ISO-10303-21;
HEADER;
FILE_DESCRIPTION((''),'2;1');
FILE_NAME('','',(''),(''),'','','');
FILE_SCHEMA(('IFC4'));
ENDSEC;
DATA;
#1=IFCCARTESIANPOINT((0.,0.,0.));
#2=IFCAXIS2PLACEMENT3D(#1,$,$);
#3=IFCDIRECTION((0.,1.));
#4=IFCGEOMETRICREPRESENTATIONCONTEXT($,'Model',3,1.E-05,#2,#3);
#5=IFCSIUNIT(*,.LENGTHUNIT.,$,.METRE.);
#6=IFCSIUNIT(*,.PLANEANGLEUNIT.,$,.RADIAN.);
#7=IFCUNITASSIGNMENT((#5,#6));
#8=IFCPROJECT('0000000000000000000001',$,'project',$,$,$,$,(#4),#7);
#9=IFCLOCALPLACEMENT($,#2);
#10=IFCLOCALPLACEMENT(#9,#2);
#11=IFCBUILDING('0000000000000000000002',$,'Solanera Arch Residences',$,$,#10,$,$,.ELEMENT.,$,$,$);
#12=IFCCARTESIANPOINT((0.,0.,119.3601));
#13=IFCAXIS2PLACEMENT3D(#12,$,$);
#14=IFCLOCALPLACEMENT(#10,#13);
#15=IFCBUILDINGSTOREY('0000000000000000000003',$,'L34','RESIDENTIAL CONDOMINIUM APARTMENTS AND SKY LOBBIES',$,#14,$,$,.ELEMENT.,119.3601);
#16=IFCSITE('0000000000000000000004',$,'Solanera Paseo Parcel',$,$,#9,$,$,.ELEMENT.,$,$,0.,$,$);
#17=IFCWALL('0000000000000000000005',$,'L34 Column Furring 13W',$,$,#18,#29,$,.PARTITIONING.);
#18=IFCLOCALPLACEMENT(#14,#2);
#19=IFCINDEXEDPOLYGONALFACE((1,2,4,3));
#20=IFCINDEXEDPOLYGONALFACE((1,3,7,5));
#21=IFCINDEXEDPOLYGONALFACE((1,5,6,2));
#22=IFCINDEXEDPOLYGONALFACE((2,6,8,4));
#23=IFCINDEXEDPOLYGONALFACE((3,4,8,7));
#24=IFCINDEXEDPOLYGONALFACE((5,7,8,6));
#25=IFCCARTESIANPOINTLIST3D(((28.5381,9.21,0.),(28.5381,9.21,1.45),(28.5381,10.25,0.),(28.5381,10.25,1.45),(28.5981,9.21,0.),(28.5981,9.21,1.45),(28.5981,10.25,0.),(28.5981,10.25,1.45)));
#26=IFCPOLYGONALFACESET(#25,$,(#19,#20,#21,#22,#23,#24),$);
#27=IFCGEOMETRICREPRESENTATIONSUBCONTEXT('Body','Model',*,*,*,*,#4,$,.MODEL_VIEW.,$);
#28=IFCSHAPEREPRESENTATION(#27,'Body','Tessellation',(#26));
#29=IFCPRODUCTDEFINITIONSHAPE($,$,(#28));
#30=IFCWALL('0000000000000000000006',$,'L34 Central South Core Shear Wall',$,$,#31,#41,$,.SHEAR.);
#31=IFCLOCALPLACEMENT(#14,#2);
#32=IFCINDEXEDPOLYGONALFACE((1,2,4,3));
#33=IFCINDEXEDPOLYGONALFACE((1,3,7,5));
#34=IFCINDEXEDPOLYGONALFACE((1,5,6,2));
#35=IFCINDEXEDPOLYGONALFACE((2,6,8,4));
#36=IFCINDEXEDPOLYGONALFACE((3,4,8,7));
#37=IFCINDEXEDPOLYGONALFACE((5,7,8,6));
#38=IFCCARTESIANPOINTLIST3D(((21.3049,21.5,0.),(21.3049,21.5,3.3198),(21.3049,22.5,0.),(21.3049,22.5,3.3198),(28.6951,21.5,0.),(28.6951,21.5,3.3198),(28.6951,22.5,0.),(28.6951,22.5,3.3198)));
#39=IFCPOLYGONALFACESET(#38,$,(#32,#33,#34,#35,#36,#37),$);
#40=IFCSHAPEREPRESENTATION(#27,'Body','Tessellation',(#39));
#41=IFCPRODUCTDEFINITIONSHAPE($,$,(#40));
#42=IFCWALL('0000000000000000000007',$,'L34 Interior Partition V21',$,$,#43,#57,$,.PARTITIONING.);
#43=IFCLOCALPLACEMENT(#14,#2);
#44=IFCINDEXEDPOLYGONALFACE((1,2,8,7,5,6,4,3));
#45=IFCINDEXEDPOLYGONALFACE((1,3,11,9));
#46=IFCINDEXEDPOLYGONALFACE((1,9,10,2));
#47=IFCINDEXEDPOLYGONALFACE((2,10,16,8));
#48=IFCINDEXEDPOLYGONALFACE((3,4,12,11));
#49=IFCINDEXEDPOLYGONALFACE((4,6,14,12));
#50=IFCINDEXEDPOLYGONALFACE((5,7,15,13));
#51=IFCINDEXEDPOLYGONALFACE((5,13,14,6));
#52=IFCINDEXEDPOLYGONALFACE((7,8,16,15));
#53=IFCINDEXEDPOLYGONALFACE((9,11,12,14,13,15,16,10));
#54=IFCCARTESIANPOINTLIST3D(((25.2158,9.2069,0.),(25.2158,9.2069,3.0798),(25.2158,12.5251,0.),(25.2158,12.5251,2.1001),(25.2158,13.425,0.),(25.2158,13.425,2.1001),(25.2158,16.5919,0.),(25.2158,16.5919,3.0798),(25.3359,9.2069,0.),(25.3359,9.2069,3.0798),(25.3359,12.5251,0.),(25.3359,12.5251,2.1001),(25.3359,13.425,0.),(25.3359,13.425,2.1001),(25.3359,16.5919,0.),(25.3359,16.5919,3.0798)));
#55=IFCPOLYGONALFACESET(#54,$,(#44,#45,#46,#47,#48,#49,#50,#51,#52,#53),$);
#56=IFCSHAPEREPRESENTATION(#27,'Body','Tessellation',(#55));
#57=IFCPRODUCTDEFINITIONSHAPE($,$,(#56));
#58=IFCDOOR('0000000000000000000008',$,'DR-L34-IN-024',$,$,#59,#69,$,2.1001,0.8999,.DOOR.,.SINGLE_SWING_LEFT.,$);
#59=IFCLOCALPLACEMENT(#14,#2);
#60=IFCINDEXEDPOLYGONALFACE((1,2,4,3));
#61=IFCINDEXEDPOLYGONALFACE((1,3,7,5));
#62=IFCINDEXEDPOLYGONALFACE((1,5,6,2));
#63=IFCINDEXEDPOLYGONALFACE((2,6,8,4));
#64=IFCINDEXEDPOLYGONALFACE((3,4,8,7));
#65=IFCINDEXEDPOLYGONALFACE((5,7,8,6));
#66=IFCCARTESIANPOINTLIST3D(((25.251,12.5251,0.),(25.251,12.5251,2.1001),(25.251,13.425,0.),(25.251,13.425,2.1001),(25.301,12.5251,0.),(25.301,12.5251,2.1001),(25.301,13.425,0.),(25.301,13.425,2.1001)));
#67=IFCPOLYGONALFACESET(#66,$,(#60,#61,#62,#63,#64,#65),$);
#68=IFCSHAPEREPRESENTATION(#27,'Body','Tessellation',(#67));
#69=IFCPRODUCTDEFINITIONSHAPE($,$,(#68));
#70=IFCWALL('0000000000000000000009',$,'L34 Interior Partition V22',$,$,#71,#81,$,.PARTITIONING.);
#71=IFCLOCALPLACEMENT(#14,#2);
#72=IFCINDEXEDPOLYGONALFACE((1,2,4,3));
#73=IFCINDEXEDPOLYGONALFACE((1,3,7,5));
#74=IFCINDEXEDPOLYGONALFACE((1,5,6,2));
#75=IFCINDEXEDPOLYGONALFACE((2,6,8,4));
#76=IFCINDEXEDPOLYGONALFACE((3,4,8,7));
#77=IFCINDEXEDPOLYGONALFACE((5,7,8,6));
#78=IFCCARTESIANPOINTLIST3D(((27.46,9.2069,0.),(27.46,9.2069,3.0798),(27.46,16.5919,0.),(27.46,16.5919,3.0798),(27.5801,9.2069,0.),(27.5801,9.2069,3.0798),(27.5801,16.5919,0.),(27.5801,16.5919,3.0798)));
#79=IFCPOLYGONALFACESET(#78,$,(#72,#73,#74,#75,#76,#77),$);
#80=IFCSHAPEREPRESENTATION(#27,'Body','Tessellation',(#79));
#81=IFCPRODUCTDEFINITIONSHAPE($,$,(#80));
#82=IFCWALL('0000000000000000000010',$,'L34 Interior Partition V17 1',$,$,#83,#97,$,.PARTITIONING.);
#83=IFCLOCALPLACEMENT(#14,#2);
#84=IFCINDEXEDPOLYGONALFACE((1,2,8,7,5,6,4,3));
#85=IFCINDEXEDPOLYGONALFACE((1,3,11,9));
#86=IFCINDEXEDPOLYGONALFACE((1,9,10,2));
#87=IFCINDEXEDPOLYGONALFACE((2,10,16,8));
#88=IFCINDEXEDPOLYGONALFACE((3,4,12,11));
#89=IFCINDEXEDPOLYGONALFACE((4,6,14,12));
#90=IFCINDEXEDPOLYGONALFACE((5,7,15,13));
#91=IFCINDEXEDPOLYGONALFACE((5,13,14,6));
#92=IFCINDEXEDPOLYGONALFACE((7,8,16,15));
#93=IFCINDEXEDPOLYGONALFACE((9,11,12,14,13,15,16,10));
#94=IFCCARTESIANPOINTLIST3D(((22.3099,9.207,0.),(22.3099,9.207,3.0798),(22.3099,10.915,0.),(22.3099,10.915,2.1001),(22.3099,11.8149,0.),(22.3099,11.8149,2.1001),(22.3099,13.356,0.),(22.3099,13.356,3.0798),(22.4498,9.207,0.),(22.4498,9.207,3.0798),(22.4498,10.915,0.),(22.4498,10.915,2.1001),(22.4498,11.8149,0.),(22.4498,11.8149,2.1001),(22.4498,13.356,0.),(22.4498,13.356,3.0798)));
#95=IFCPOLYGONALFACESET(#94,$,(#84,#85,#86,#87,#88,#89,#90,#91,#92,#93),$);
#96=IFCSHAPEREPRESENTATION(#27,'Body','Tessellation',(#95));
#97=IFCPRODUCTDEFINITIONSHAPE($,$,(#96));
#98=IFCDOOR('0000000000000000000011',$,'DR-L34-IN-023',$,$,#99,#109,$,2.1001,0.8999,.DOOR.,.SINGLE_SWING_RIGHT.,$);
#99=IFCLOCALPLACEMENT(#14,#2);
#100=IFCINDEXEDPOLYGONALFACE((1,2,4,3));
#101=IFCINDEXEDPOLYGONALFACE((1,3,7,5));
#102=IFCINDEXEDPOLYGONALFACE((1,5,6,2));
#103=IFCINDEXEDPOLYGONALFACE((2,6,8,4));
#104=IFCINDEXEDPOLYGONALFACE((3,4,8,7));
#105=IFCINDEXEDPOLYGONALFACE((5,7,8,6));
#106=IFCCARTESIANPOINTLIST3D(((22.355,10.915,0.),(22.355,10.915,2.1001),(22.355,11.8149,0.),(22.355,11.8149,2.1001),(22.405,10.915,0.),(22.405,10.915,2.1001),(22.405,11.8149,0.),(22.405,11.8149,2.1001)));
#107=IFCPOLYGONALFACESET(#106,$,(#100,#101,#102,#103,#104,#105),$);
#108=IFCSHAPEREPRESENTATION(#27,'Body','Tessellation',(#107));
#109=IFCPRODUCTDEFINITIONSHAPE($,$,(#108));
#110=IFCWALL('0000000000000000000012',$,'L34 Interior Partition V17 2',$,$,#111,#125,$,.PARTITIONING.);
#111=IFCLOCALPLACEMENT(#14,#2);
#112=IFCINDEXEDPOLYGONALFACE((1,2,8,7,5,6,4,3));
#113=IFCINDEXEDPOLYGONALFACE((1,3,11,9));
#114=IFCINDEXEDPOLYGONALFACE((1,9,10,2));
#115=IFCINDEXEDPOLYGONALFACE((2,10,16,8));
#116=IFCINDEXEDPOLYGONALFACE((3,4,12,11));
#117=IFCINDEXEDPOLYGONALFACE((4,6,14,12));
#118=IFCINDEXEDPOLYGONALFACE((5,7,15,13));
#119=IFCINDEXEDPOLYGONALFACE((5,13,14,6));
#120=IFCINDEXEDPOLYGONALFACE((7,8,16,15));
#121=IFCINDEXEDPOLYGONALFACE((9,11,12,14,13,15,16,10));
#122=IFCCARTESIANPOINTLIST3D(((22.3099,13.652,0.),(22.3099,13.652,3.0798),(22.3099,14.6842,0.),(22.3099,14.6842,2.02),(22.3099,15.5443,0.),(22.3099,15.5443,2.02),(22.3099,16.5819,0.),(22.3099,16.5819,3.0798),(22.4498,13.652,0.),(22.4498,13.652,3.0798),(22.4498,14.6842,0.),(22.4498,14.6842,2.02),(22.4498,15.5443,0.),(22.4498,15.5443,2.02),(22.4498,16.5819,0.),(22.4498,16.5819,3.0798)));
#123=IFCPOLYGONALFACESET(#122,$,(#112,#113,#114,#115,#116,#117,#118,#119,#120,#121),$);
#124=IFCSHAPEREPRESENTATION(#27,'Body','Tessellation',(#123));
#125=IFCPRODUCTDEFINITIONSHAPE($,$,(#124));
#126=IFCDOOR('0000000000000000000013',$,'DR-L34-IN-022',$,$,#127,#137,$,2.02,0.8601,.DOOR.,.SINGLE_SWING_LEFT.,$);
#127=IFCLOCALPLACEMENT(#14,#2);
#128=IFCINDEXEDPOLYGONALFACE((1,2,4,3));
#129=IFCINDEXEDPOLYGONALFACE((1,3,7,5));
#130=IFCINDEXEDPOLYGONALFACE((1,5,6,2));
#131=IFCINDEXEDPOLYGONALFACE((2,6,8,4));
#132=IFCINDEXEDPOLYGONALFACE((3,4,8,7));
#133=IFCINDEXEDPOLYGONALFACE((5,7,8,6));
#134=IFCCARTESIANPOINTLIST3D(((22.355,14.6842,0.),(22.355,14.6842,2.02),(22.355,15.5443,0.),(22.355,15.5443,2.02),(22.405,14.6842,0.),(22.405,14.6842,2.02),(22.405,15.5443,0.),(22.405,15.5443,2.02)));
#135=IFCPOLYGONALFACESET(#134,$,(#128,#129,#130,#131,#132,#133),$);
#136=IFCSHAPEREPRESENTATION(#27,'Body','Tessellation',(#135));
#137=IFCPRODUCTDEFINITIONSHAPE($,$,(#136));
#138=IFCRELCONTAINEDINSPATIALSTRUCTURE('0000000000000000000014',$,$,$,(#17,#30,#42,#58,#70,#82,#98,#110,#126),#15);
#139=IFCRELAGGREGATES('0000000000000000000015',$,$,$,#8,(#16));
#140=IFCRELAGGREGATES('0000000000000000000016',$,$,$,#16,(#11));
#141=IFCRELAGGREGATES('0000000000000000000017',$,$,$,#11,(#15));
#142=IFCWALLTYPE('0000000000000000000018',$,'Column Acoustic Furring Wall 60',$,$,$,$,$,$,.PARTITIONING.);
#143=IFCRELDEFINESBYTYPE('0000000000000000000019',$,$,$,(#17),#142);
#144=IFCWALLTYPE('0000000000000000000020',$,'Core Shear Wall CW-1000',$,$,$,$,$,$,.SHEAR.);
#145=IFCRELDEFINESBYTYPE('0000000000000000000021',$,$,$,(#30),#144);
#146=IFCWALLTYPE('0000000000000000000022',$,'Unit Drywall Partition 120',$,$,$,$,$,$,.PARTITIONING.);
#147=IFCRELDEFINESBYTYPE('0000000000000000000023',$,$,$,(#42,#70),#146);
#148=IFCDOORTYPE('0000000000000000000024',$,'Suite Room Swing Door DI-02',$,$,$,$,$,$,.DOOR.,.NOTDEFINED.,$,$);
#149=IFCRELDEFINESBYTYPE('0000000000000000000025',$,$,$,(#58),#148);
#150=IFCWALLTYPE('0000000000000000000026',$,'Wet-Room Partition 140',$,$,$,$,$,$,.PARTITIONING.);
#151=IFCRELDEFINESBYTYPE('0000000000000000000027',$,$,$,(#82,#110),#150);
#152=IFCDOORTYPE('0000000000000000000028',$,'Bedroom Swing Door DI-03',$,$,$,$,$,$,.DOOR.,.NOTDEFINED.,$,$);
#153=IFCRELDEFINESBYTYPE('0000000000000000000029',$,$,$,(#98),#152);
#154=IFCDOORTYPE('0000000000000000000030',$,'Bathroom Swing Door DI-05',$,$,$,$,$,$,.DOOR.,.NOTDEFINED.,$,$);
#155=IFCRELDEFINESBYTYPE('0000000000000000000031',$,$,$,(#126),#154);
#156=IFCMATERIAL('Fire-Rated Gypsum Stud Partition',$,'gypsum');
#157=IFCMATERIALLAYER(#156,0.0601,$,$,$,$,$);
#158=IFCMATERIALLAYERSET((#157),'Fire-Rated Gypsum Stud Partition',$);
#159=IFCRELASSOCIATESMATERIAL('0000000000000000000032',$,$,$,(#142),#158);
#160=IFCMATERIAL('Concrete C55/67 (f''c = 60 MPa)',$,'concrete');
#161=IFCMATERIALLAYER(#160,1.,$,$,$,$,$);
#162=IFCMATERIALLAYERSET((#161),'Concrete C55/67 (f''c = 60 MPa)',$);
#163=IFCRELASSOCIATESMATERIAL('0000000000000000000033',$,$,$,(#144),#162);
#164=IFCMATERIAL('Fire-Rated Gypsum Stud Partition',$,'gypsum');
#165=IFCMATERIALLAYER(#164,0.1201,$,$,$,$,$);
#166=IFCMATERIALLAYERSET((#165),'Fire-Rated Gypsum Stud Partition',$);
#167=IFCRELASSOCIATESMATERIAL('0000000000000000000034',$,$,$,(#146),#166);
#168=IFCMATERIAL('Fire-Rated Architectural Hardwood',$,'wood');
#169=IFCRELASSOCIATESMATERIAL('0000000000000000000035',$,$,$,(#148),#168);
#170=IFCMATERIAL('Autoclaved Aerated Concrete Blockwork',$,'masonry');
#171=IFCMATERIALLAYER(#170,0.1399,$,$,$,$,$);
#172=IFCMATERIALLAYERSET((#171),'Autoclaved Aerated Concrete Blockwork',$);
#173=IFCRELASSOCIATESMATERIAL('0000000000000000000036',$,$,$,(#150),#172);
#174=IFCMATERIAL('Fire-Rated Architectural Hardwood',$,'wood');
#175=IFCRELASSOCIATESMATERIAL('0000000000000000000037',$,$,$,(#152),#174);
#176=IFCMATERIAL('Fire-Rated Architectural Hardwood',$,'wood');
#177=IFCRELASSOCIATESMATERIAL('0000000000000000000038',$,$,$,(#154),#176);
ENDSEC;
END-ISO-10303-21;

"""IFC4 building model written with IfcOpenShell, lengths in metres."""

from ifc_helpers import new_model, si_unit, direction, frame, frame_2d, origin, place, context, subcontext, project, spatial, rectangle, extrude, material, layer, layer_set, type_object, element, fill, save


model = new_model("IFC4")

# Units and contexts
model_context = context("Model", 3, precision=1e-05, world=origin(), true_north=direction((0.0, 1.0)))
body_context = subcontext(model_context, "Body", "Model", "MODEL_VIEW")
ifc_project = project(units=[si_unit("LENGTHUNIT", "METRE"), si_unit("PLANEANGLEUNIT", "RADIAN")], contexts=[model_context])

# Site, building, storey
site_placement = place(None, origin())
site = spatial("IfcSite", under=ifc_project, at=site_placement, Name="Solanera Paseo Parcel", CompositionType="ELEMENT", RefElevation=0.0)
building_placement = place(site_placement, origin())
building = spatial("IfcBuilding", under=site, at=building_placement, Name="Solanera Arch Residences", CompositionType="ELEMENT")
storey_placement = place(building_placement, frame((0.0, 0.0, 119.3601)))
storey = spatial("IfcBuildingStorey", under=building, at=storey_placement, Name="L34", Description="RESIDENTIAL CONDOMINIUM APARTMENTS AND SKY LOBBIES", CompositionType="ELEMENT", Elevation=119.3601)

# Walls
ifc_material_1 = material(Name="Fire-Rated Gypsum Stud Partition", Category="gypsum")
ifc_layer_1 = layer(ifc_material_1, 0.0601)
ifc_layer_set_1 = layer_set([ifc_layer_1], Name="Fire-Rated Gypsum Stud Partition")
wall_type_1 = type_object("IfcWallType", Name="Column Acoustic Furring Wall 60", PredefinedType="PARTITIONING", material=ifc_layer_set_1)
wall_1_placement = place(storey_placement, frame((28.5681, 9.21, 0.0), z_axis=(0.0, 0.0, 1.0), x_axis=(0.0, 1.0, 0.0)))
element("IfcWall", 1, at=wall_1_placement, inside=storey, type_object=wall_type_1, Name="L34 Column Furring 13W", PredefinedType="PARTITIONING", context=body_context, shape_type="SweptSolid", body=[
    extrude(rectangle(XDim=1.04, YDim=0.0601, at=frame_2d((0.52, 0.0))), origin(), (0.0, 0.0, 1.0), 1.45),
])
ifc_material_2 = material(Name="Concrete C55/67 (f'c = 60 MPa)", Category="concrete")
ifc_layer_2 = layer(ifc_material_2, 1.0)
ifc_layer_set_2 = layer_set([ifc_layer_2], Name="Concrete C55/67 (f'c = 60 MPa)")
wall_type_2 = type_object("IfcWallType", Name="Core Shear Wall CW-1000", PredefinedType="SHEAR", material=ifc_layer_set_2)
wall_2_placement = place(storey_placement, frame((21.3049, 22.0, 0.0), z_axis=(0.0, 0.0, 1.0), x_axis=(1.0, 0.0, 0.0)))
element("IfcWall", 2, at=wall_2_placement, inside=storey, type_object=wall_type_2, Name="L34 Central South Core Shear Wall", PredefinedType="SHEAR", context=body_context, shape_type="SweptSolid", body=[
    extrude(rectangle(XDim=7.3901, YDim=1.0, at=frame_2d((3.6951, 0.0))), origin(), (0.0, 0.0, 1.0), 3.3198),
])

# Wall, opening, door
ifc_material_3 = material(Name="Fire-Rated Gypsum Stud Partition", Category="gypsum")
ifc_layer_3 = layer(ifc_material_3, 0.1201)
ifc_layer_set_3 = layer_set([ifc_layer_3], Name="Fire-Rated Gypsum Stud Partition")
wall_type_3 = type_object("IfcWallType", Name="Unit Drywall Partition 120", PredefinedType="PARTITIONING", material=ifc_layer_set_3)
wall_3_placement = place(storey_placement, frame((25.2759, 9.207, 0.0), z_axis=(0.0, 0.0, 1.0), x_axis=(0.0, 1.0, 0.0)))
wall_3 = element("IfcWall", 3, at=wall_3_placement, inside=storey, type_object=wall_type_3, Name="L34 Interior Partition V21", PredefinedType="PARTITIONING", context=body_context, shape_type="SweptSolid", body=[
    extrude(rectangle(XDim=7.385, YDim=0.1201, at=frame_2d((3.6924, 0.0))), origin(), (0.0, 0.0, 1.0), 3.0798),
])
opening_1_placement = place(wall_3_placement, frame((3.3181, 0.0, 0.0)))
opening_1 = element("IfcOpeningElement", 4, at=opening_1_placement, cuts=wall_3, PredefinedType="OPENING", context=body_context, shape_type="SweptSolid", body=[
    extrude(rectangle(XDim=0.8999, YDim=2.1001, at=frame_2d((0.45, 1.05))), frame((0.0, 0.0701, 0.0), z_axis=(0.0, -1.0, 0.0), x_axis=(1.0, 0.0, 0.0)), (0.0, 0.0, 1.0), 0.1401),
])
ifc_material_4 = material(Name="Fire-Rated Architectural Hardwood", Category="wood")
door_type_1 = type_object("IfcDoorType", Name="Suite Room Swing Door DI-02", OperationType="NOTDEFINED", PredefinedType="DOOR", material=ifc_material_4)
door_1_placement = place(opening_1_placement, origin())
door_1 = element("IfcDoor", 5, at=door_1_placement, inside=storey, type_object=door_type_1, Name="DR-L34-IN-024", OperationType="SINGLE_SWING_LEFT", OverallHeight=2.1001, OverallWidth=0.8999, PredefinedType="DOOR", context=body_context, shape_type="SweptSolid", body=[
    extrude(rectangle(XDim=0.8999, YDim=2.1001, at=frame_2d((0.45, 1.05))), frame((0.0, 0.0249, 0.0), z_axis=(0.0, -1.0, 0.0), x_axis=(1.0, 0.0, 0.0)), (0.0, 0.0, 1.0), 0.05),
])
fill(opening_1, door_1)

# Wall
wall_4_placement = place(storey_placement, frame((27.52, 9.207, 0.0), z_axis=(0.0, 0.0, 1.0), x_axis=(0.0, 1.0, 0.0)))
element("IfcWall", 6, at=wall_4_placement, inside=storey, type_object=wall_type_3, Name="L34 Interior Partition V22", PredefinedType="PARTITIONING", context=body_context, shape_type="SweptSolid", body=[
    extrude(rectangle(XDim=7.385, YDim=0.1201, at=frame_2d((3.6924, 0.0))), origin(), (0.0, 0.0, 1.0), 3.0798),
])

# Walls, openings, doors
ifc_material_5 = material(Name="Autoclaved Aerated Concrete Blockwork", Category="masonry")
ifc_layer_4 = layer(ifc_material_5, 0.1399)
ifc_layer_set_4 = layer_set([ifc_layer_4], Name="Autoclaved Aerated Concrete Blockwork")
wall_type_4 = type_object("IfcWallType", Name="Wet-Room Partition 140", PredefinedType="PARTITIONING", material=ifc_layer_set_4)
wall_5_placement = place(storey_placement, frame((22.3799, 9.207, 0.0), z_axis=(0.0, 0.0, 1.0), x_axis=(0.0, 1.0, 0.0)))
wall_5 = element("IfcWall", 7, at=wall_5_placement, inside=storey, type_object=wall_type_4, Name="L34 Interior Partition V17 1", PredefinedType="PARTITIONING", context=body_context, shape_type="SweptSolid", body=[
    extrude(rectangle(XDim=4.1489, YDim=0.1399, at=frame_2d((2.0745, 0.0))), origin(), (0.0, 0.0, 1.0), 3.0798),
])
opening_2_placement = place(wall_5_placement, frame((1.708, 0.0, 0.0)))
opening_2 = element("IfcOpeningElement", 8, at=opening_2_placement, cuts=wall_5, PredefinedType="OPENING", context=body_context, shape_type="SweptSolid", body=[
    extrude(rectangle(XDim=0.8999, YDim=2.1001, at=frame_2d((0.45, 1.05))), frame((0.0, 0.0798, 0.0), z_axis=(0.0, -1.0, 0.0), x_axis=(1.0, 0.0, 0.0)), (0.0, 0.0, 1.0), 0.1599),
])
ifc_material_6 = material(Name="Fire-Rated Architectural Hardwood", Category="wood")
door_type_2 = type_object("IfcDoorType", Name="Bedroom Swing Door DI-03", OperationType="NOTDEFINED", PredefinedType="DOOR", material=ifc_material_6)
door_2_placement = place(opening_2_placement, origin())
door_2 = element("IfcDoor", 9, at=door_2_placement, inside=storey, type_object=door_type_2, Name="DR-L34-IN-023", OperationType="SINGLE_SWING_RIGHT", OverallHeight=2.1001, OverallWidth=0.8999, PredefinedType="DOOR", context=body_context, shape_type="SweptSolid", body=[
    extrude(rectangle(XDim=0.8999, YDim=2.1001, at=frame_2d((0.45, 1.05))), frame((0.0, 0.0249, 0.0), z_axis=(0.0, -1.0, 0.0), x_axis=(1.0, 0.0, 0.0)), (0.0, 0.0, 1.0), 0.05),
])
fill(opening_2, door_2)
wall_6_placement = place(storey_placement, frame((22.3799, 13.6521, 0.0), z_axis=(0.0, 0.0, 1.0), x_axis=(0.0, 1.0, 0.0)))
wall_6 = element("IfcWall", 10, at=wall_6_placement, inside=storey, type_object=wall_type_4, Name="L34 Interior Partition V17 2", PredefinedType="PARTITIONING", context=body_context, shape_type="SweptSolid", body=[
    extrude(rectangle(XDim=2.9299, YDim=0.1399, at=frame_2d((1.4648, 0.0))), origin(), (0.0, 0.0, 1.0), 3.0798),
])
opening_3_placement = place(wall_6_placement, frame((1.032, 0.0, 0.0)))
opening_3 = element("IfcOpeningElement", 11, at=opening_3_placement, cuts=wall_6, PredefinedType="OPENING", context=body_context, shape_type="SweptSolid", body=[
    extrude(rectangle(XDim=0.8601, YDim=2.02, at=frame_2d((0.4302, 1.01))), frame((0.0, 0.0798, 0.0), z_axis=(0.0, -1.0, 0.0), x_axis=(1.0, 0.0, 0.0)), (0.0, 0.0, 1.0), 0.1599),
])
ifc_material_7 = material(Name="Fire-Rated Architectural Hardwood", Category="wood")
door_type_3 = type_object("IfcDoorType", Name="Bathroom Swing Door DI-05", OperationType="NOTDEFINED", PredefinedType="DOOR", material=ifc_material_7)
door_3_placement = place(opening_3_placement, origin())
door_3 = element("IfcDoor", 12, at=door_3_placement, inside=storey, type_object=door_type_3, Name="DR-L34-IN-022", OperationType="SINGLE_SWING_LEFT", OverallHeight=2.02, OverallWidth=0.8601, PredefinedType="DOOR", context=body_context, shape_type="SweptSolid", body=[
    extrude(rectangle(XDim=0.8601, YDim=2.02, at=frame_2d((0.4302, 1.01))), frame((0.0, 0.0249, 0.0), z_axis=(0.0, -1.0, 0.0), x_axis=(1.0, 0.0, 0.0)), (0.0, 0.0, 1.0), 0.05),
])
fill(opening_3, door_3)

save(model, "model.ifc")
